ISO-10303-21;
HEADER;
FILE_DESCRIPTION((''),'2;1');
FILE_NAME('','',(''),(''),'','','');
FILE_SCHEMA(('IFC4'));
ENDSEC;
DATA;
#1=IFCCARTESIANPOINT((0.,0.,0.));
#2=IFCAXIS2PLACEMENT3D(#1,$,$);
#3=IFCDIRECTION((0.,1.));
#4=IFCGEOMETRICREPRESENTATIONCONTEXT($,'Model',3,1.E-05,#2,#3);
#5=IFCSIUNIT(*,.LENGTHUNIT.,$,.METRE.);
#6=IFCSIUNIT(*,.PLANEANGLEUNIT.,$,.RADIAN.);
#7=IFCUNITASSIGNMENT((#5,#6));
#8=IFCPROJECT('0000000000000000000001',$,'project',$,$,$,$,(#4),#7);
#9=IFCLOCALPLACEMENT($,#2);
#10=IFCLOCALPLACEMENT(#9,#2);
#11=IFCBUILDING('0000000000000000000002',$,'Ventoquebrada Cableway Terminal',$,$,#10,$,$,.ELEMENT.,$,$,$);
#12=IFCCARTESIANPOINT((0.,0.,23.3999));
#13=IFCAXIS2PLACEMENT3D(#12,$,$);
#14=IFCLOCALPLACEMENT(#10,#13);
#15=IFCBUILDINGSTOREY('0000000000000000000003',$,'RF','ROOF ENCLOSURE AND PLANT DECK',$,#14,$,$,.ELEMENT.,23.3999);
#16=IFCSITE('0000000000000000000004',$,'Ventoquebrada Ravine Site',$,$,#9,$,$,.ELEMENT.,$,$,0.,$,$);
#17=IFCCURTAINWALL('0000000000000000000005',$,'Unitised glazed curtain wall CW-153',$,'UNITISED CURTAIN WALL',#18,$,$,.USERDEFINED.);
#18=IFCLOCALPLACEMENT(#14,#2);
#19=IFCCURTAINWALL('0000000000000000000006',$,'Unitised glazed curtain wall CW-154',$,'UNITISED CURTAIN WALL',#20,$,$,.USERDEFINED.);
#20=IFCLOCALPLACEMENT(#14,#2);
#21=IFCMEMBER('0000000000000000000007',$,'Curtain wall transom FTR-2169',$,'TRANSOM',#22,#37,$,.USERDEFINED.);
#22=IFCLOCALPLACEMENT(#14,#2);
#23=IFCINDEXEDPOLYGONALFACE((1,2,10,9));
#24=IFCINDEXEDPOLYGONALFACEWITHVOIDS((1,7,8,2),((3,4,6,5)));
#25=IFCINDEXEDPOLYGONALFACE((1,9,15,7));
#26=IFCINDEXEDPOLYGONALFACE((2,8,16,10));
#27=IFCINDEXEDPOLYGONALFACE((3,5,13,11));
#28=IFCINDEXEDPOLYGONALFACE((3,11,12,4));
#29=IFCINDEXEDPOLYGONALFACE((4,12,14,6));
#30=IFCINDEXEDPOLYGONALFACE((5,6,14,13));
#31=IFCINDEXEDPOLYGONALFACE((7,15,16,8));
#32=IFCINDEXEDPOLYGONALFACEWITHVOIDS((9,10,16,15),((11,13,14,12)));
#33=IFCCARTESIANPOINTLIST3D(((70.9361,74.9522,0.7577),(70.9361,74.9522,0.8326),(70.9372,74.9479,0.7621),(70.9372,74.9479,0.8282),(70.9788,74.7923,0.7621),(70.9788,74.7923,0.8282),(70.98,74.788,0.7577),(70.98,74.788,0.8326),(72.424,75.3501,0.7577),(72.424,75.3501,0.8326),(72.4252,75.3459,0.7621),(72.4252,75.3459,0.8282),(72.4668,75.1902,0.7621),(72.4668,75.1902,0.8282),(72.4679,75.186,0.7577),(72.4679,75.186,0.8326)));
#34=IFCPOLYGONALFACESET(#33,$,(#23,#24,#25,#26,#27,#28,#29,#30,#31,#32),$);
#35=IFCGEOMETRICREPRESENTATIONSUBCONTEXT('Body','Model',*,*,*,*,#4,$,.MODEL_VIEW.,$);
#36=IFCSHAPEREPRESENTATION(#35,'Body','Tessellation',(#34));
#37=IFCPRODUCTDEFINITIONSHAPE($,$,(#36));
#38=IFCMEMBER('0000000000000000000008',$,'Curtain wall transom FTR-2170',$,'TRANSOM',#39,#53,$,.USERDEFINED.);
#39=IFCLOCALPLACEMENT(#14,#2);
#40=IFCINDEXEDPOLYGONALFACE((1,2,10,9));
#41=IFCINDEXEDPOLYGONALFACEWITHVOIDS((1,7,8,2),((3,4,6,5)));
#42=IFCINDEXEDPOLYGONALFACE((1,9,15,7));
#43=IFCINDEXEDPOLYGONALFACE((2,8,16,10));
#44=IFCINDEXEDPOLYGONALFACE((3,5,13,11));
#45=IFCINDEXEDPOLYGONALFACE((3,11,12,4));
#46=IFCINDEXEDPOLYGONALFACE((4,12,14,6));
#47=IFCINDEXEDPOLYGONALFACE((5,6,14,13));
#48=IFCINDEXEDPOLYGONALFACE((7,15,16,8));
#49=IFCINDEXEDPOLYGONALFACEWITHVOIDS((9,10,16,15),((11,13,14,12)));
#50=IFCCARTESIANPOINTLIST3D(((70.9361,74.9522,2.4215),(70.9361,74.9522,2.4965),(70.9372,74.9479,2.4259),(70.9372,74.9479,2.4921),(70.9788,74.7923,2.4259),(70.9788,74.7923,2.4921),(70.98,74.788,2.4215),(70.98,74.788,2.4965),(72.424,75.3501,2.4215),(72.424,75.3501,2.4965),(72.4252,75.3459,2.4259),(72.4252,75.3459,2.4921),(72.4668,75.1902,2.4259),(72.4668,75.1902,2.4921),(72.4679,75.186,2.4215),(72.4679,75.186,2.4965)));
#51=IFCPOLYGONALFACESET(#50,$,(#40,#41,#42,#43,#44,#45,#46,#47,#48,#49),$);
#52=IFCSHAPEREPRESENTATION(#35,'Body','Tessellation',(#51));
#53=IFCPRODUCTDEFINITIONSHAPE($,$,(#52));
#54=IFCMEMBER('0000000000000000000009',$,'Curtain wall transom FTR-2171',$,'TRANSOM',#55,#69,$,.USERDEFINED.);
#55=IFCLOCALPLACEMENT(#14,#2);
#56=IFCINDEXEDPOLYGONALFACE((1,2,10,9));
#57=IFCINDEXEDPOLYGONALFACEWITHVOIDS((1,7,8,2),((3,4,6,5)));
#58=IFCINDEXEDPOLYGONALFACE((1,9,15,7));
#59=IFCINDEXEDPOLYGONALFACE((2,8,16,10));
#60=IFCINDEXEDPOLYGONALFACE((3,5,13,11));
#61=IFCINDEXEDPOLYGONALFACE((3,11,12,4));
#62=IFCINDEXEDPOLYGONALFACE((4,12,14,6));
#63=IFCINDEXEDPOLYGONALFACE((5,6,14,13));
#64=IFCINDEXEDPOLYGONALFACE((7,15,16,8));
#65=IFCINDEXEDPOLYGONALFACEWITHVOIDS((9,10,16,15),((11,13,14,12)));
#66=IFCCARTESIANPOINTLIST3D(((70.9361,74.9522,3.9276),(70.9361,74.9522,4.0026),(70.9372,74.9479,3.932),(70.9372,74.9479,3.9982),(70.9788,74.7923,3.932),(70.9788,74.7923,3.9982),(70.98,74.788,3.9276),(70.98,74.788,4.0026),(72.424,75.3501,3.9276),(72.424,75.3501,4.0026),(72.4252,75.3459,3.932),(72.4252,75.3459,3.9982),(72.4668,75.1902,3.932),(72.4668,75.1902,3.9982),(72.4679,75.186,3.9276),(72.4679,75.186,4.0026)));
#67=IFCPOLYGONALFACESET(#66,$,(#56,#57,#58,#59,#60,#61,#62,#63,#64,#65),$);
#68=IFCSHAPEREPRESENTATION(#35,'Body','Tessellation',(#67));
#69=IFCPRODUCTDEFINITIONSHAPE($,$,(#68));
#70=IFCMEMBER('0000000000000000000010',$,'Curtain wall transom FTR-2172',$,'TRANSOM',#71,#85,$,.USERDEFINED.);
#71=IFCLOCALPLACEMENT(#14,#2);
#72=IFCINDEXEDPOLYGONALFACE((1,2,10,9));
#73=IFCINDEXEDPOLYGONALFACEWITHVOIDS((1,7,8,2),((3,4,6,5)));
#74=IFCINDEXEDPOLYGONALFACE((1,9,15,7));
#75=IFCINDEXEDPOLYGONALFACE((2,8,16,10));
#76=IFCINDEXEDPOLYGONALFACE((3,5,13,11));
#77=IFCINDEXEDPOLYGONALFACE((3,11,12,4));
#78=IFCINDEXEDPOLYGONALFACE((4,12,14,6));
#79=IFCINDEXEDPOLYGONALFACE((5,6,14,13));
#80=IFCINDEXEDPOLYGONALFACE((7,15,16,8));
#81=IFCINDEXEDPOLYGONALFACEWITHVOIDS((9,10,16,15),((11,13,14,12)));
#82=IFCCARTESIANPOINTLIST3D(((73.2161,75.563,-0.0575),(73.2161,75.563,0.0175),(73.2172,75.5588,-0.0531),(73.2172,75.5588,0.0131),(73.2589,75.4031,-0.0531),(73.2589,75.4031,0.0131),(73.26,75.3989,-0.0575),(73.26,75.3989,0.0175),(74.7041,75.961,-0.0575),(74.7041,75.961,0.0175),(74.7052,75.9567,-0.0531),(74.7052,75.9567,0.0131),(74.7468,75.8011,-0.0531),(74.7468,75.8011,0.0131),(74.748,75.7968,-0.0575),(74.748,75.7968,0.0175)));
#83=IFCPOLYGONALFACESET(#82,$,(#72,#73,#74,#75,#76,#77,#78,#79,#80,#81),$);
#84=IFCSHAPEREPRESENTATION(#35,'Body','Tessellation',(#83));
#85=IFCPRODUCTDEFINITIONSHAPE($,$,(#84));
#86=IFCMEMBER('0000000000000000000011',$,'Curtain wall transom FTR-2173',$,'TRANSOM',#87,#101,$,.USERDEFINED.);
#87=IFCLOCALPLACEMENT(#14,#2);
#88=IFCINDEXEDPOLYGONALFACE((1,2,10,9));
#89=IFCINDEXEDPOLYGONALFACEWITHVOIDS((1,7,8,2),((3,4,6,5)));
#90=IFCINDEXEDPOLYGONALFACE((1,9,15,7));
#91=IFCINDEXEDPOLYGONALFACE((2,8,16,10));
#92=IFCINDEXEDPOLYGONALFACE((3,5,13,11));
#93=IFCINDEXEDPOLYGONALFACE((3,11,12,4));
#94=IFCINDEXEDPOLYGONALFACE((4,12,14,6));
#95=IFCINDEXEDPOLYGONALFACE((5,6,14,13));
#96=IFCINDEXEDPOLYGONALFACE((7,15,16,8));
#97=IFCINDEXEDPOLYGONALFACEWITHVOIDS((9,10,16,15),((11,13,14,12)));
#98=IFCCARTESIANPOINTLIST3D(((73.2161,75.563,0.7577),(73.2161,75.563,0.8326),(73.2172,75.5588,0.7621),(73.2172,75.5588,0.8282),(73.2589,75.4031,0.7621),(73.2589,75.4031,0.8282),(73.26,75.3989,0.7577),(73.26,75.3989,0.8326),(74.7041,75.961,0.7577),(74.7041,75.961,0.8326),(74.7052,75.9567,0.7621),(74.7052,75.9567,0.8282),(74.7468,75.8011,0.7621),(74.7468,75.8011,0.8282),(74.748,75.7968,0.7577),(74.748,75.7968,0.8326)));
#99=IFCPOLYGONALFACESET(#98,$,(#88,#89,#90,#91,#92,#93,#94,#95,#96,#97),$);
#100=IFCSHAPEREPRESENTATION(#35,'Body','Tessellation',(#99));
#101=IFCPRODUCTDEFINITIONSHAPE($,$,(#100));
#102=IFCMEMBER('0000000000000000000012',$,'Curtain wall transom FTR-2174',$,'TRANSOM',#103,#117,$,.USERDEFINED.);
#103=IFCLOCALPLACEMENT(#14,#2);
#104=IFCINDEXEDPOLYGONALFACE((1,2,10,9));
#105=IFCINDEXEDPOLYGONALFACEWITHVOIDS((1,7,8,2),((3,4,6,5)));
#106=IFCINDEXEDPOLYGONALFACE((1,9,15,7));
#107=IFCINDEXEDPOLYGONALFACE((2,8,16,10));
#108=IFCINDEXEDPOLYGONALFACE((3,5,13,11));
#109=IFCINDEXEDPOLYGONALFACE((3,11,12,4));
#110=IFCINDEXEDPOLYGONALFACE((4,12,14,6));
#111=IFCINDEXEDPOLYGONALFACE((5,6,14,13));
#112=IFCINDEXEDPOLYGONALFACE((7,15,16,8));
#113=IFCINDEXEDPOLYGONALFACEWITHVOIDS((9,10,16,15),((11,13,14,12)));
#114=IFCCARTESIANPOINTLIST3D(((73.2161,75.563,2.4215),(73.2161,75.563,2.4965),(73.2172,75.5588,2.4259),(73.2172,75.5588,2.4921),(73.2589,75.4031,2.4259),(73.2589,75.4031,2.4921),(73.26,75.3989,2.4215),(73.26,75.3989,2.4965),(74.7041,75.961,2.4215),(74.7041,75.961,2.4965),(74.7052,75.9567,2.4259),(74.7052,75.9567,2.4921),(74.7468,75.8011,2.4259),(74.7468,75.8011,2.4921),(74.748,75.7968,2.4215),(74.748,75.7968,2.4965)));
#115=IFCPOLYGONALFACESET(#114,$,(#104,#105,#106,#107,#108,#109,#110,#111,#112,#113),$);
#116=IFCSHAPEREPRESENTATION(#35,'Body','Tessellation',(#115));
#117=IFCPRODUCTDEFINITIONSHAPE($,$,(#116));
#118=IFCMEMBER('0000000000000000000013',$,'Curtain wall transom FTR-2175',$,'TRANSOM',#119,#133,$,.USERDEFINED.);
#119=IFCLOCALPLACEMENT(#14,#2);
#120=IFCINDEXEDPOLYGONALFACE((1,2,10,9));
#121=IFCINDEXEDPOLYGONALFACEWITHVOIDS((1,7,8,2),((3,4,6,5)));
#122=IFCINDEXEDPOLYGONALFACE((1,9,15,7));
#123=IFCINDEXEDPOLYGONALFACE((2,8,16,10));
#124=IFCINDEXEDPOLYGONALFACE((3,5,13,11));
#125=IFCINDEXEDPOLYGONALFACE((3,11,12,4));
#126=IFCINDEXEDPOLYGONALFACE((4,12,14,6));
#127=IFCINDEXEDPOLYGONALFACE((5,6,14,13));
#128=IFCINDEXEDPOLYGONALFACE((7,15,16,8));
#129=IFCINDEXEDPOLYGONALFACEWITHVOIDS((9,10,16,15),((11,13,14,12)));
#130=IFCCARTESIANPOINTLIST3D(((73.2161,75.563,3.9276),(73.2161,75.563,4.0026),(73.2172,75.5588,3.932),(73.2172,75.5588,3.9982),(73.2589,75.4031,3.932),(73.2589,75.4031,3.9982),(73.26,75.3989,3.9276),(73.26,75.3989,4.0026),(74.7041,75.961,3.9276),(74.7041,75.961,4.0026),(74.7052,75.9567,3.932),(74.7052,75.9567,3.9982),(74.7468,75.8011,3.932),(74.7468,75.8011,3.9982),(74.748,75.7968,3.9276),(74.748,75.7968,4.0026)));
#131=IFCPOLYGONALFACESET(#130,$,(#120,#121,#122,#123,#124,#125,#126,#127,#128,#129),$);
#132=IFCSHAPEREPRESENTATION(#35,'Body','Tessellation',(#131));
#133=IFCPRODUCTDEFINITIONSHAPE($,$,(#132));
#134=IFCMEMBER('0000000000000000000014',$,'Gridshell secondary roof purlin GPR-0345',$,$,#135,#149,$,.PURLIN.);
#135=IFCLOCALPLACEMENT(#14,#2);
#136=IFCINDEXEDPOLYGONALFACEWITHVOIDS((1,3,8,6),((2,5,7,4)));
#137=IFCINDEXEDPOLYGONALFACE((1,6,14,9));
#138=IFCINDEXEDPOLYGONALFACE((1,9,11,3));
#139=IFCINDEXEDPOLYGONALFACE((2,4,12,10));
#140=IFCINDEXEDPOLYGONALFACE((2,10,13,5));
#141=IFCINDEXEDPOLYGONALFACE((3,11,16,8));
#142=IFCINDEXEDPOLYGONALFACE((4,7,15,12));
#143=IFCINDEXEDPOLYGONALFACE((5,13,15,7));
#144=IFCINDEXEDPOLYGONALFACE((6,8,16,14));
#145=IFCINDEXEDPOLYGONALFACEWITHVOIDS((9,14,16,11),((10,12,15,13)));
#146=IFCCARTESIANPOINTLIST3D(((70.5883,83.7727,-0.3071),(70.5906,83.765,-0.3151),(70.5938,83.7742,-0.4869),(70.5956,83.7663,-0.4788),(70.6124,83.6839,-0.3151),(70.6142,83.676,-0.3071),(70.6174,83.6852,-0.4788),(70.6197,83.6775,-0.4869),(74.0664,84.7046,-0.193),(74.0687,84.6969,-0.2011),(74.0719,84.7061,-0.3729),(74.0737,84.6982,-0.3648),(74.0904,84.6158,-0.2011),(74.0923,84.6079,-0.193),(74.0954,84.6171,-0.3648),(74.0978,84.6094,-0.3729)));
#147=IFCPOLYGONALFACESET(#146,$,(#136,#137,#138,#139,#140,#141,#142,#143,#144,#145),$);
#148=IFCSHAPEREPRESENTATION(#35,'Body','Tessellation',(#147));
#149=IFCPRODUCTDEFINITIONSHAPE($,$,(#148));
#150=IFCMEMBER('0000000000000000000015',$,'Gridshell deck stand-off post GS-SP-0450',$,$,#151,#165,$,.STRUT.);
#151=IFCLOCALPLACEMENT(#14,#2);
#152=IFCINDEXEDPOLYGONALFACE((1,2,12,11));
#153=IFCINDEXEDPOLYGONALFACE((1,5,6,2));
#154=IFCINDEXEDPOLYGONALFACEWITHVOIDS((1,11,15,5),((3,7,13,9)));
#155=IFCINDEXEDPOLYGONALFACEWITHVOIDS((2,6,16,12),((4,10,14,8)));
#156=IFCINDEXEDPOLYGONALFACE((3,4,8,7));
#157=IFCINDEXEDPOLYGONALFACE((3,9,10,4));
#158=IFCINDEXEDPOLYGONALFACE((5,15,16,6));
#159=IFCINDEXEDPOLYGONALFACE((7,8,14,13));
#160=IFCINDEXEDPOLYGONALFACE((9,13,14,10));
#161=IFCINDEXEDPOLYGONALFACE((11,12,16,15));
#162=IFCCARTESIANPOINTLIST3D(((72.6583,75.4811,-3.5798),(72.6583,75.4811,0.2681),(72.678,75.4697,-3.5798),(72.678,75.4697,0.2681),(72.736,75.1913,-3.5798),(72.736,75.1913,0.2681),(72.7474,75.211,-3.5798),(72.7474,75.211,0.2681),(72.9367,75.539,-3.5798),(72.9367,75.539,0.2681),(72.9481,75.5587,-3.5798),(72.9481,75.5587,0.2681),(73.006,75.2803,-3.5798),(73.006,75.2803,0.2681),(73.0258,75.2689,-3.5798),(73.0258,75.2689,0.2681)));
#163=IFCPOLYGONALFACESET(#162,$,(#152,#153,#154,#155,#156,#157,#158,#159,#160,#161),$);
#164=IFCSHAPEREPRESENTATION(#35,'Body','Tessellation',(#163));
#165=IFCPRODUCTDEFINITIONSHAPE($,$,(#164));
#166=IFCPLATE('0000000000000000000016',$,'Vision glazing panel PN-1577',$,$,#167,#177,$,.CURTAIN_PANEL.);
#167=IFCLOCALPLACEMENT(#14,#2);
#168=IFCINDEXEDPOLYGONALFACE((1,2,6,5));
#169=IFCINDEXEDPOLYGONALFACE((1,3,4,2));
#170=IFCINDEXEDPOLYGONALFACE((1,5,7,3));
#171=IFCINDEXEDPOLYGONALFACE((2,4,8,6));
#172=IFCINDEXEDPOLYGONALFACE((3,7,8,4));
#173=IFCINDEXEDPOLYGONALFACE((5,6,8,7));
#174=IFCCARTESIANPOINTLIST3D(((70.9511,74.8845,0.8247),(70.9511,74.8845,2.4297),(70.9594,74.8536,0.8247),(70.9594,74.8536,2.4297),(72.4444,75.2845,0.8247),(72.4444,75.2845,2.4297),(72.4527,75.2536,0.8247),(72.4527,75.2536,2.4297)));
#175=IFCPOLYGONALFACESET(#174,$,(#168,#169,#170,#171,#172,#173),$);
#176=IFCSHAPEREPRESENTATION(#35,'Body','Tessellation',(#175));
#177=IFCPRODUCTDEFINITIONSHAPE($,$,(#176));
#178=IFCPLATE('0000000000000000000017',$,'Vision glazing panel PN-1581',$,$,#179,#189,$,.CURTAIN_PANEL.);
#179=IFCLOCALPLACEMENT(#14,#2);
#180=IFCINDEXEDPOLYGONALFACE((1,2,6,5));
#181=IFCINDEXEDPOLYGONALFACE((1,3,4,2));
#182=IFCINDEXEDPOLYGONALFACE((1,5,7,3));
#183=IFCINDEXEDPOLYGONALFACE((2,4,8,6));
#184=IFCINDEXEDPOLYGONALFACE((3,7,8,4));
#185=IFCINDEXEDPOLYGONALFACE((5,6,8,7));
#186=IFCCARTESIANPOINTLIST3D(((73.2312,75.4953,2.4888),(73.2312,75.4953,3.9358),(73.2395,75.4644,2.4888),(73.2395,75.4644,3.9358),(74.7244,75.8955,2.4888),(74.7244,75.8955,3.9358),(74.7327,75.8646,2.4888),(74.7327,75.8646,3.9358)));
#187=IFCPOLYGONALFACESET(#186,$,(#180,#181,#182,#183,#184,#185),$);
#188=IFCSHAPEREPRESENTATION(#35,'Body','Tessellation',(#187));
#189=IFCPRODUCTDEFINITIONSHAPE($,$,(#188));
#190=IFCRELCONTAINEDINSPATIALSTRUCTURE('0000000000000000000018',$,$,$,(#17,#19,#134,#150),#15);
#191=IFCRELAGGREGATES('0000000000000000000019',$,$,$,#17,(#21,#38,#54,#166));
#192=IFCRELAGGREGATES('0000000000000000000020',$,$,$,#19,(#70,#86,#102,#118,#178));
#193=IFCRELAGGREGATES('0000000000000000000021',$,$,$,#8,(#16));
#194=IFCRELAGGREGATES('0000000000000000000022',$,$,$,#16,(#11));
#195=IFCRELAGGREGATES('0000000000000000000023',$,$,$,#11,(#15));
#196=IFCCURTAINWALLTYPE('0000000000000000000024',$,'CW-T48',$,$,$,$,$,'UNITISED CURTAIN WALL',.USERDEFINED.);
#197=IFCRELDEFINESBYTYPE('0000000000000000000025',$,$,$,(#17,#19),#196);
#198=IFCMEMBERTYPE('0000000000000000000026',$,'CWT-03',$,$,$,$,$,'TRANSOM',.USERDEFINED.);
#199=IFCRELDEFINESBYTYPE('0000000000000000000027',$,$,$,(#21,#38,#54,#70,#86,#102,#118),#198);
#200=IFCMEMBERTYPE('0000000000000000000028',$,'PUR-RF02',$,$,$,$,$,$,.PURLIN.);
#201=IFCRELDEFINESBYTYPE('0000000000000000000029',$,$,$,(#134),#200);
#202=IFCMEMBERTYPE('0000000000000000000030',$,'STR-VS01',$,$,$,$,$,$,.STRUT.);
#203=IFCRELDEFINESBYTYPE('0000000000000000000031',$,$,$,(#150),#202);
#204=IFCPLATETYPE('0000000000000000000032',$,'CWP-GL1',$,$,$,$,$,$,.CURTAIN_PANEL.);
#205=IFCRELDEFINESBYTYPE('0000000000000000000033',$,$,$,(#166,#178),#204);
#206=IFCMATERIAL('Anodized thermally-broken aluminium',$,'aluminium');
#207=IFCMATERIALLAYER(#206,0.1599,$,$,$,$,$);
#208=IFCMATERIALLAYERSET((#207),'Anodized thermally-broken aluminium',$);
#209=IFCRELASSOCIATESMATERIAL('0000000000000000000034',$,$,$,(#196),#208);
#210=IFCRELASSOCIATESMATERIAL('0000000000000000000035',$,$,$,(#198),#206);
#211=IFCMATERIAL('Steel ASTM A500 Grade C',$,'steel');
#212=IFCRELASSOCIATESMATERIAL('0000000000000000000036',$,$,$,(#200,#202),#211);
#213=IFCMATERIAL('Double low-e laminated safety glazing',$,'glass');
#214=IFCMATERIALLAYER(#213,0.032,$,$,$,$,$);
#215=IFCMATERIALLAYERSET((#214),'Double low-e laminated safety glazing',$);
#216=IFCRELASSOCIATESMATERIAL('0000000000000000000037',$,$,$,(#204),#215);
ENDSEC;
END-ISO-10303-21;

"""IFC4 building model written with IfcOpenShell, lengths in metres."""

from ifc_helpers import new_model, si_unit, direction, frame, origin, origin_2d, place, context, subcontext, project, spatial, rectangle, hollow_rectangle, extrude, material, layer, layer_set, material_profile, profile_set, type_object, element, aggregate, save


model = new_model("IFC4")

# Units and contexts
model_context = context("Model", 3, precision=1e-05, world=origin(), true_north=direction((0.0, 1.0)))
body_context = subcontext(model_context, "Body", "Model", "MODEL_VIEW")
ifc_project = project(units=[si_unit("LENGTHUNIT", "METRE"), si_unit("PLANEANGLEUNIT", "RADIAN")], contexts=[model_context])

# Site, building, storey
site_placement = place(None, origin())
site = spatial("IfcSite", under=ifc_project, at=site_placement, Name="Ventoquebrada Ravine Site", CompositionType="ELEMENT", RefElevation=0.0)
building_placement = place(site_placement, origin())
building = spatial("IfcBuilding", under=site, at=building_placement, Name="Ventoquebrada Cableway Terminal", CompositionType="ELEMENT")
storey_placement = place(building_placement, frame((0.0, 0.0, 23.3999)))
storey = spatial("IfcBuildingStorey", under=building, at=storey_placement, Name="RF", Description="ROOF ENCLOSURE AND PLANT DECK", CompositionType="ELEMENT", Elevation=23.3999)

# Shared definitions
ifc_material_1 = material(Name="Steel ASTM A500 Grade C", Category="steel")

# Curtain wall
ifc_material_2 = material(Name="Anodized thermally-broken aluminium", Category="aluminium")
ifc_layer_1 = layer(ifc_material_2, 0.1599)
ifc_layer_set_1 = layer_set([ifc_layer_1], Name="Anodized thermally-broken aluminium")
curtain_wall_type = type_object("IfcCurtainWallType", Name="CW-T48", ElementType="UNITISED CURTAIN WALL", PredefinedType="USERDEFINED", material=ifc_layer_set_1)
curtain_wall_1_placement = place(storey_placement, origin())
curtain_wall_1 = element("IfcCurtainWall", 1, at=curtain_wall_1_placement, inside=storey, type_object=curtain_wall_type, Name="Unitised glazed curtain wall CW-153", ObjectType="UNITISED CURTAIN WALL", PredefinedType="USERDEFINED")

# Curtain wall
curtain_wall_2_placement = place(storey_placement, origin())
curtain_wall_2 = element("IfcCurtainWall", 2, at=curtain_wall_2_placement, inside=storey, type_object=curtain_wall_type, Name="Unitised glazed curtain wall CW-154", ObjectType="UNITISED CURTAIN WALL", PredefinedType="USERDEFINED")

# Members
ifc_material_profile_1 = material_profile(ifc_material_2, hollow_rectangle(XDim=0.075, YDim=0.1699, WallThickness=0.0044, at=origin_2d()), Name="CW-TRN-75X170")
ifc_profile_set_1 = profile_set([ifc_material_profile_1], Name="Anodized thermally-broken aluminium")
member_type_1 = type_object("IfcMemberType", Name="CWT-03", ElementType="TRANSOM", PredefinedType="USERDEFINED", material=ifc_profile_set_1)
member_1_placement = place(storey_placement, frame((70.958, 74.8701, 0.7952), z_axis=(0.966051, 0.258353, 0.0), x_axis=(0.0, 0.0, 1.0)))
member_1 = element("IfcMember", 3, at=member_1_placement, type_object=member_type_1, Name="Curtain wall transom FTR-2169", ObjectType="TRANSOM", PredefinedType="USERDEFINED", context=body_context, shape_type="SweptSolid", body=[
    extrude(hollow_rectangle(XDim=0.075, YDim=0.1699, WallThickness=0.0044, at=origin_2d()), origin(), (0.0, 0.0, 1.0), 1.5403),
])
member_2_placement = place(storey_placement, frame((70.958, 74.8701, 2.459), z_axis=(0.966051, 0.258353, 0.0), x_axis=(0.0, 0.0, 1.0)))
member_2 = element("IfcMember", 4, at=member_2_placement, type_object=member_type_1, Name="Curtain wall transom FTR-2170", ObjectType="TRANSOM", PredefinedType="USERDEFINED", context=body_context, shape_type="SweptSolid", body=[
    extrude(hollow_rectangle(XDim=0.075, YDim=0.1699, WallThickness=0.0044, at=origin_2d()), origin(), (0.0, 0.0, 1.0), 1.5403),
])
member_3_placement = place(storey_placement, frame((70.958, 74.8701, 3.9651), z_axis=(0.966051, 0.258353, 0.0), x_axis=(0.0, 0.0, 1.0)))
member_3 = element("IfcMember", 5, at=member_3_placement, type_object=member_type_1, Name="Curtain wall transom FTR-2171", ObjectType="TRANSOM", PredefinedType="USERDEFINED", context=body_context, shape_type="SweptSolid", body=[
    extrude(hollow_rectangle(XDim=0.075, YDim=0.1699, WallThickness=0.0044, at=origin_2d()), origin(), (0.0, 0.0, 1.0), 1.5403),
])
member_4_placement = place(storey_placement, frame((73.238, 75.481, -0.02), z_axis=(0.966051, 0.258353, 0.0), x_axis=(0.0, 0.0, 1.0)))
member_4 = element("IfcMember", 6, at=member_4_placement, type_object=member_type_1, Name="Curtain wall transom FTR-2172", ObjectType="TRANSOM", PredefinedType="USERDEFINED", context=body_context, shape_type="SweptSolid", body=[
    extrude(hollow_rectangle(XDim=0.075, YDim=0.1699, WallThickness=0.0044, at=origin_2d()), origin(), (0.0, 0.0, 1.0), 1.5403),
])
member_5_placement = place(storey_placement, frame((73.238, 75.481, 0.7952), z_axis=(0.966051, 0.258353, 0.0), x_axis=(0.0, 0.0, 1.0)))
member_5 = element("IfcMember", 7, at=member_5_placement, type_object=member_type_1, Name="Curtain wall transom FTR-2173", ObjectType="TRANSOM", PredefinedType="USERDEFINED", context=body_context, shape_type="SweptSolid", body=[
    extrude(hollow_rectangle(XDim=0.075, YDim=0.1699, WallThickness=0.0044, at=origin_2d()), origin(), (0.0, 0.0, 1.0), 1.5403),
])
member_6_placement = place(storey_placement, frame((73.238, 75.481, 2.459), z_axis=(0.966051, 0.258353, 0.0), x_axis=(0.0, 0.0, 1.0)))
member_6 = element("IfcMember", 8, at=member_6_placement, type_object=member_type_1, Name="Curtain wall transom FTR-2174", ObjectType="TRANSOM", PredefinedType="USERDEFINED", context=body_context, shape_type="SweptSolid", body=[
    extrude(hollow_rectangle(XDim=0.075, YDim=0.1699, WallThickness=0.0044, at=origin_2d()), origin(), (0.0, 0.0, 1.0), 1.5403),
])
member_7_placement = place(storey_placement, frame((73.238, 75.481, 3.9651), z_axis=(0.966051, 0.258353, 0.0), x_axis=(0.0, 0.0, 1.0)))
member_7 = element("IfcMember", 9, at=member_7_placement, type_object=member_type_1, Name="Curtain wall transom FTR-2175", ObjectType="TRANSOM", PredefinedType="USERDEFINED", context=body_context, shape_type="SweptSolid", body=[
    extrude(hollow_rectangle(XDim=0.075, YDim=0.1699, WallThickness=0.0044, at=origin_2d()), origin(), (0.0, 0.0, 1.0), 1.5403),
])

# Members
ifc_material_profile_2 = material_profile(ifc_material_1, hollow_rectangle(XDim=0.1001, YDim=0.1799, WallThickness=0.0081, at=origin_2d()), Name="RHS180X100X8")
ifc_profile_set_2 = profile_set([ifc_material_profile_2], Name="Steel ASTM A500 Grade C")
member_type_2 = type_object("IfcMemberType", Name="PUR-RF02", PredefinedType="PURLIN", material=ifc_profile_set_2)
member_8_placement = place(storey_placement, frame((70.604, 83.7251, -0.397), z_axis=(0.965445, 0.258676, 0.031648), x_axis=(-0.258806, 0.965929, 0.0)))
element("IfcMember", 10, at=member_8_placement, inside=storey, type_object=member_type_2, Name="Gridshell secondary roof purlin GPR-0345", PredefinedType="PURLIN", context=body_context, shape_type="SweptSolid", body=[
    extrude(hollow_rectangle(XDim=0.1001, YDim=0.1799, WallThickness=0.0081, at=origin_2d()), origin(), (0.0, 0.0, 1.0), 3.6025),
])
ifc_material_profile_3 = material_profile(ifc_material_1, hollow_rectangle(XDim=0.3, YDim=0.3, WallThickness=0.0161, at=origin_2d()), Name="HSS300X300X16")
ifc_profile_set_3 = profile_set([ifc_material_profile_3], Name="Steel ASTM A500 Grade C")
member_type_3 = type_object("IfcMemberType", Name="STR-VS01", PredefinedType="STRUT", material=ifc_profile_set_3)
member_9_placement = place(storey_placement, frame((72.842, 75.375, -3.5798), z_axis=(0.0, 0.0, 1.0), x_axis=(0.965926, 0.258819, 0.0)))
element("IfcMember", 11, at=member_9_placement, inside=storey, type_object=member_type_3, Name="Gridshell deck stand-off post GS-SP-0450", PredefinedType="STRUT", context=body_context, shape_type="SweptSolid", body=[
    extrude(hollow_rectangle(XDim=0.3, YDim=0.3, WallThickness=0.0161, at=origin_2d()), origin(), (0.0, 0.0, 1.0), 3.8479),
])

# Plates
ifc_material_3 = material(Name="Double low-e laminated safety glazing", Category="glass")
ifc_layer_2 = layer(ifc_material_3, 0.032)
ifc_layer_set_2 = layer_set([ifc_layer_2], Name="Double low-e laminated safety glazing")
plate_type_1 = type_object("IfcPlateType", Name="CWP-GL1", PredefinedType="CURTAIN_PANEL", material=ifc_layer_set_2)
plate_1_placement = place(storey_placement, frame((71.7019, 75.0691, 0.8247), z_axis=(0.0, 0.0, 1.0), x_axis=(0.965944, 0.258752, 0.0)))
plate_1 = element("IfcPlate", 12, at=plate_1_placement, type_object=plate_type_1, Name="Vision glazing panel PN-1577", PredefinedType="CURTAIN_PANEL", context=body_context, shape_type="SweptSolid", body=[
    extrude(rectangle(XDim=1.5459, YDim=0.032, at=origin_2d()), origin(), (0.0, 0.0, 1.0), 1.605),
])
plate_2_placement = place(storey_placement, frame((73.9819, 75.6799, 2.4888), z_axis=(0.0, 0.0, 1.0), x_axis=(0.965903, 0.258903, 0.0)))
plate_2 = element("IfcPlate", 13, at=plate_2_placement, type_object=plate_type_1, Name="Vision glazing panel PN-1581", PredefinedType="CURTAIN_PANEL", context=body_context, shape_type="SweptSolid", body=[
    extrude(rectangle(XDim=1.5459, YDim=0.032, at=origin_2d()), origin(), (0.0, 0.0, 1.0), 1.447),
])
aggregate(curtain_wall_1, [member_1, member_2, member_3, plate_1])
aggregate(curtain_wall_2, [member_4, member_5, member_6, member_7, plate_2])

save(model, "model.ifc")
